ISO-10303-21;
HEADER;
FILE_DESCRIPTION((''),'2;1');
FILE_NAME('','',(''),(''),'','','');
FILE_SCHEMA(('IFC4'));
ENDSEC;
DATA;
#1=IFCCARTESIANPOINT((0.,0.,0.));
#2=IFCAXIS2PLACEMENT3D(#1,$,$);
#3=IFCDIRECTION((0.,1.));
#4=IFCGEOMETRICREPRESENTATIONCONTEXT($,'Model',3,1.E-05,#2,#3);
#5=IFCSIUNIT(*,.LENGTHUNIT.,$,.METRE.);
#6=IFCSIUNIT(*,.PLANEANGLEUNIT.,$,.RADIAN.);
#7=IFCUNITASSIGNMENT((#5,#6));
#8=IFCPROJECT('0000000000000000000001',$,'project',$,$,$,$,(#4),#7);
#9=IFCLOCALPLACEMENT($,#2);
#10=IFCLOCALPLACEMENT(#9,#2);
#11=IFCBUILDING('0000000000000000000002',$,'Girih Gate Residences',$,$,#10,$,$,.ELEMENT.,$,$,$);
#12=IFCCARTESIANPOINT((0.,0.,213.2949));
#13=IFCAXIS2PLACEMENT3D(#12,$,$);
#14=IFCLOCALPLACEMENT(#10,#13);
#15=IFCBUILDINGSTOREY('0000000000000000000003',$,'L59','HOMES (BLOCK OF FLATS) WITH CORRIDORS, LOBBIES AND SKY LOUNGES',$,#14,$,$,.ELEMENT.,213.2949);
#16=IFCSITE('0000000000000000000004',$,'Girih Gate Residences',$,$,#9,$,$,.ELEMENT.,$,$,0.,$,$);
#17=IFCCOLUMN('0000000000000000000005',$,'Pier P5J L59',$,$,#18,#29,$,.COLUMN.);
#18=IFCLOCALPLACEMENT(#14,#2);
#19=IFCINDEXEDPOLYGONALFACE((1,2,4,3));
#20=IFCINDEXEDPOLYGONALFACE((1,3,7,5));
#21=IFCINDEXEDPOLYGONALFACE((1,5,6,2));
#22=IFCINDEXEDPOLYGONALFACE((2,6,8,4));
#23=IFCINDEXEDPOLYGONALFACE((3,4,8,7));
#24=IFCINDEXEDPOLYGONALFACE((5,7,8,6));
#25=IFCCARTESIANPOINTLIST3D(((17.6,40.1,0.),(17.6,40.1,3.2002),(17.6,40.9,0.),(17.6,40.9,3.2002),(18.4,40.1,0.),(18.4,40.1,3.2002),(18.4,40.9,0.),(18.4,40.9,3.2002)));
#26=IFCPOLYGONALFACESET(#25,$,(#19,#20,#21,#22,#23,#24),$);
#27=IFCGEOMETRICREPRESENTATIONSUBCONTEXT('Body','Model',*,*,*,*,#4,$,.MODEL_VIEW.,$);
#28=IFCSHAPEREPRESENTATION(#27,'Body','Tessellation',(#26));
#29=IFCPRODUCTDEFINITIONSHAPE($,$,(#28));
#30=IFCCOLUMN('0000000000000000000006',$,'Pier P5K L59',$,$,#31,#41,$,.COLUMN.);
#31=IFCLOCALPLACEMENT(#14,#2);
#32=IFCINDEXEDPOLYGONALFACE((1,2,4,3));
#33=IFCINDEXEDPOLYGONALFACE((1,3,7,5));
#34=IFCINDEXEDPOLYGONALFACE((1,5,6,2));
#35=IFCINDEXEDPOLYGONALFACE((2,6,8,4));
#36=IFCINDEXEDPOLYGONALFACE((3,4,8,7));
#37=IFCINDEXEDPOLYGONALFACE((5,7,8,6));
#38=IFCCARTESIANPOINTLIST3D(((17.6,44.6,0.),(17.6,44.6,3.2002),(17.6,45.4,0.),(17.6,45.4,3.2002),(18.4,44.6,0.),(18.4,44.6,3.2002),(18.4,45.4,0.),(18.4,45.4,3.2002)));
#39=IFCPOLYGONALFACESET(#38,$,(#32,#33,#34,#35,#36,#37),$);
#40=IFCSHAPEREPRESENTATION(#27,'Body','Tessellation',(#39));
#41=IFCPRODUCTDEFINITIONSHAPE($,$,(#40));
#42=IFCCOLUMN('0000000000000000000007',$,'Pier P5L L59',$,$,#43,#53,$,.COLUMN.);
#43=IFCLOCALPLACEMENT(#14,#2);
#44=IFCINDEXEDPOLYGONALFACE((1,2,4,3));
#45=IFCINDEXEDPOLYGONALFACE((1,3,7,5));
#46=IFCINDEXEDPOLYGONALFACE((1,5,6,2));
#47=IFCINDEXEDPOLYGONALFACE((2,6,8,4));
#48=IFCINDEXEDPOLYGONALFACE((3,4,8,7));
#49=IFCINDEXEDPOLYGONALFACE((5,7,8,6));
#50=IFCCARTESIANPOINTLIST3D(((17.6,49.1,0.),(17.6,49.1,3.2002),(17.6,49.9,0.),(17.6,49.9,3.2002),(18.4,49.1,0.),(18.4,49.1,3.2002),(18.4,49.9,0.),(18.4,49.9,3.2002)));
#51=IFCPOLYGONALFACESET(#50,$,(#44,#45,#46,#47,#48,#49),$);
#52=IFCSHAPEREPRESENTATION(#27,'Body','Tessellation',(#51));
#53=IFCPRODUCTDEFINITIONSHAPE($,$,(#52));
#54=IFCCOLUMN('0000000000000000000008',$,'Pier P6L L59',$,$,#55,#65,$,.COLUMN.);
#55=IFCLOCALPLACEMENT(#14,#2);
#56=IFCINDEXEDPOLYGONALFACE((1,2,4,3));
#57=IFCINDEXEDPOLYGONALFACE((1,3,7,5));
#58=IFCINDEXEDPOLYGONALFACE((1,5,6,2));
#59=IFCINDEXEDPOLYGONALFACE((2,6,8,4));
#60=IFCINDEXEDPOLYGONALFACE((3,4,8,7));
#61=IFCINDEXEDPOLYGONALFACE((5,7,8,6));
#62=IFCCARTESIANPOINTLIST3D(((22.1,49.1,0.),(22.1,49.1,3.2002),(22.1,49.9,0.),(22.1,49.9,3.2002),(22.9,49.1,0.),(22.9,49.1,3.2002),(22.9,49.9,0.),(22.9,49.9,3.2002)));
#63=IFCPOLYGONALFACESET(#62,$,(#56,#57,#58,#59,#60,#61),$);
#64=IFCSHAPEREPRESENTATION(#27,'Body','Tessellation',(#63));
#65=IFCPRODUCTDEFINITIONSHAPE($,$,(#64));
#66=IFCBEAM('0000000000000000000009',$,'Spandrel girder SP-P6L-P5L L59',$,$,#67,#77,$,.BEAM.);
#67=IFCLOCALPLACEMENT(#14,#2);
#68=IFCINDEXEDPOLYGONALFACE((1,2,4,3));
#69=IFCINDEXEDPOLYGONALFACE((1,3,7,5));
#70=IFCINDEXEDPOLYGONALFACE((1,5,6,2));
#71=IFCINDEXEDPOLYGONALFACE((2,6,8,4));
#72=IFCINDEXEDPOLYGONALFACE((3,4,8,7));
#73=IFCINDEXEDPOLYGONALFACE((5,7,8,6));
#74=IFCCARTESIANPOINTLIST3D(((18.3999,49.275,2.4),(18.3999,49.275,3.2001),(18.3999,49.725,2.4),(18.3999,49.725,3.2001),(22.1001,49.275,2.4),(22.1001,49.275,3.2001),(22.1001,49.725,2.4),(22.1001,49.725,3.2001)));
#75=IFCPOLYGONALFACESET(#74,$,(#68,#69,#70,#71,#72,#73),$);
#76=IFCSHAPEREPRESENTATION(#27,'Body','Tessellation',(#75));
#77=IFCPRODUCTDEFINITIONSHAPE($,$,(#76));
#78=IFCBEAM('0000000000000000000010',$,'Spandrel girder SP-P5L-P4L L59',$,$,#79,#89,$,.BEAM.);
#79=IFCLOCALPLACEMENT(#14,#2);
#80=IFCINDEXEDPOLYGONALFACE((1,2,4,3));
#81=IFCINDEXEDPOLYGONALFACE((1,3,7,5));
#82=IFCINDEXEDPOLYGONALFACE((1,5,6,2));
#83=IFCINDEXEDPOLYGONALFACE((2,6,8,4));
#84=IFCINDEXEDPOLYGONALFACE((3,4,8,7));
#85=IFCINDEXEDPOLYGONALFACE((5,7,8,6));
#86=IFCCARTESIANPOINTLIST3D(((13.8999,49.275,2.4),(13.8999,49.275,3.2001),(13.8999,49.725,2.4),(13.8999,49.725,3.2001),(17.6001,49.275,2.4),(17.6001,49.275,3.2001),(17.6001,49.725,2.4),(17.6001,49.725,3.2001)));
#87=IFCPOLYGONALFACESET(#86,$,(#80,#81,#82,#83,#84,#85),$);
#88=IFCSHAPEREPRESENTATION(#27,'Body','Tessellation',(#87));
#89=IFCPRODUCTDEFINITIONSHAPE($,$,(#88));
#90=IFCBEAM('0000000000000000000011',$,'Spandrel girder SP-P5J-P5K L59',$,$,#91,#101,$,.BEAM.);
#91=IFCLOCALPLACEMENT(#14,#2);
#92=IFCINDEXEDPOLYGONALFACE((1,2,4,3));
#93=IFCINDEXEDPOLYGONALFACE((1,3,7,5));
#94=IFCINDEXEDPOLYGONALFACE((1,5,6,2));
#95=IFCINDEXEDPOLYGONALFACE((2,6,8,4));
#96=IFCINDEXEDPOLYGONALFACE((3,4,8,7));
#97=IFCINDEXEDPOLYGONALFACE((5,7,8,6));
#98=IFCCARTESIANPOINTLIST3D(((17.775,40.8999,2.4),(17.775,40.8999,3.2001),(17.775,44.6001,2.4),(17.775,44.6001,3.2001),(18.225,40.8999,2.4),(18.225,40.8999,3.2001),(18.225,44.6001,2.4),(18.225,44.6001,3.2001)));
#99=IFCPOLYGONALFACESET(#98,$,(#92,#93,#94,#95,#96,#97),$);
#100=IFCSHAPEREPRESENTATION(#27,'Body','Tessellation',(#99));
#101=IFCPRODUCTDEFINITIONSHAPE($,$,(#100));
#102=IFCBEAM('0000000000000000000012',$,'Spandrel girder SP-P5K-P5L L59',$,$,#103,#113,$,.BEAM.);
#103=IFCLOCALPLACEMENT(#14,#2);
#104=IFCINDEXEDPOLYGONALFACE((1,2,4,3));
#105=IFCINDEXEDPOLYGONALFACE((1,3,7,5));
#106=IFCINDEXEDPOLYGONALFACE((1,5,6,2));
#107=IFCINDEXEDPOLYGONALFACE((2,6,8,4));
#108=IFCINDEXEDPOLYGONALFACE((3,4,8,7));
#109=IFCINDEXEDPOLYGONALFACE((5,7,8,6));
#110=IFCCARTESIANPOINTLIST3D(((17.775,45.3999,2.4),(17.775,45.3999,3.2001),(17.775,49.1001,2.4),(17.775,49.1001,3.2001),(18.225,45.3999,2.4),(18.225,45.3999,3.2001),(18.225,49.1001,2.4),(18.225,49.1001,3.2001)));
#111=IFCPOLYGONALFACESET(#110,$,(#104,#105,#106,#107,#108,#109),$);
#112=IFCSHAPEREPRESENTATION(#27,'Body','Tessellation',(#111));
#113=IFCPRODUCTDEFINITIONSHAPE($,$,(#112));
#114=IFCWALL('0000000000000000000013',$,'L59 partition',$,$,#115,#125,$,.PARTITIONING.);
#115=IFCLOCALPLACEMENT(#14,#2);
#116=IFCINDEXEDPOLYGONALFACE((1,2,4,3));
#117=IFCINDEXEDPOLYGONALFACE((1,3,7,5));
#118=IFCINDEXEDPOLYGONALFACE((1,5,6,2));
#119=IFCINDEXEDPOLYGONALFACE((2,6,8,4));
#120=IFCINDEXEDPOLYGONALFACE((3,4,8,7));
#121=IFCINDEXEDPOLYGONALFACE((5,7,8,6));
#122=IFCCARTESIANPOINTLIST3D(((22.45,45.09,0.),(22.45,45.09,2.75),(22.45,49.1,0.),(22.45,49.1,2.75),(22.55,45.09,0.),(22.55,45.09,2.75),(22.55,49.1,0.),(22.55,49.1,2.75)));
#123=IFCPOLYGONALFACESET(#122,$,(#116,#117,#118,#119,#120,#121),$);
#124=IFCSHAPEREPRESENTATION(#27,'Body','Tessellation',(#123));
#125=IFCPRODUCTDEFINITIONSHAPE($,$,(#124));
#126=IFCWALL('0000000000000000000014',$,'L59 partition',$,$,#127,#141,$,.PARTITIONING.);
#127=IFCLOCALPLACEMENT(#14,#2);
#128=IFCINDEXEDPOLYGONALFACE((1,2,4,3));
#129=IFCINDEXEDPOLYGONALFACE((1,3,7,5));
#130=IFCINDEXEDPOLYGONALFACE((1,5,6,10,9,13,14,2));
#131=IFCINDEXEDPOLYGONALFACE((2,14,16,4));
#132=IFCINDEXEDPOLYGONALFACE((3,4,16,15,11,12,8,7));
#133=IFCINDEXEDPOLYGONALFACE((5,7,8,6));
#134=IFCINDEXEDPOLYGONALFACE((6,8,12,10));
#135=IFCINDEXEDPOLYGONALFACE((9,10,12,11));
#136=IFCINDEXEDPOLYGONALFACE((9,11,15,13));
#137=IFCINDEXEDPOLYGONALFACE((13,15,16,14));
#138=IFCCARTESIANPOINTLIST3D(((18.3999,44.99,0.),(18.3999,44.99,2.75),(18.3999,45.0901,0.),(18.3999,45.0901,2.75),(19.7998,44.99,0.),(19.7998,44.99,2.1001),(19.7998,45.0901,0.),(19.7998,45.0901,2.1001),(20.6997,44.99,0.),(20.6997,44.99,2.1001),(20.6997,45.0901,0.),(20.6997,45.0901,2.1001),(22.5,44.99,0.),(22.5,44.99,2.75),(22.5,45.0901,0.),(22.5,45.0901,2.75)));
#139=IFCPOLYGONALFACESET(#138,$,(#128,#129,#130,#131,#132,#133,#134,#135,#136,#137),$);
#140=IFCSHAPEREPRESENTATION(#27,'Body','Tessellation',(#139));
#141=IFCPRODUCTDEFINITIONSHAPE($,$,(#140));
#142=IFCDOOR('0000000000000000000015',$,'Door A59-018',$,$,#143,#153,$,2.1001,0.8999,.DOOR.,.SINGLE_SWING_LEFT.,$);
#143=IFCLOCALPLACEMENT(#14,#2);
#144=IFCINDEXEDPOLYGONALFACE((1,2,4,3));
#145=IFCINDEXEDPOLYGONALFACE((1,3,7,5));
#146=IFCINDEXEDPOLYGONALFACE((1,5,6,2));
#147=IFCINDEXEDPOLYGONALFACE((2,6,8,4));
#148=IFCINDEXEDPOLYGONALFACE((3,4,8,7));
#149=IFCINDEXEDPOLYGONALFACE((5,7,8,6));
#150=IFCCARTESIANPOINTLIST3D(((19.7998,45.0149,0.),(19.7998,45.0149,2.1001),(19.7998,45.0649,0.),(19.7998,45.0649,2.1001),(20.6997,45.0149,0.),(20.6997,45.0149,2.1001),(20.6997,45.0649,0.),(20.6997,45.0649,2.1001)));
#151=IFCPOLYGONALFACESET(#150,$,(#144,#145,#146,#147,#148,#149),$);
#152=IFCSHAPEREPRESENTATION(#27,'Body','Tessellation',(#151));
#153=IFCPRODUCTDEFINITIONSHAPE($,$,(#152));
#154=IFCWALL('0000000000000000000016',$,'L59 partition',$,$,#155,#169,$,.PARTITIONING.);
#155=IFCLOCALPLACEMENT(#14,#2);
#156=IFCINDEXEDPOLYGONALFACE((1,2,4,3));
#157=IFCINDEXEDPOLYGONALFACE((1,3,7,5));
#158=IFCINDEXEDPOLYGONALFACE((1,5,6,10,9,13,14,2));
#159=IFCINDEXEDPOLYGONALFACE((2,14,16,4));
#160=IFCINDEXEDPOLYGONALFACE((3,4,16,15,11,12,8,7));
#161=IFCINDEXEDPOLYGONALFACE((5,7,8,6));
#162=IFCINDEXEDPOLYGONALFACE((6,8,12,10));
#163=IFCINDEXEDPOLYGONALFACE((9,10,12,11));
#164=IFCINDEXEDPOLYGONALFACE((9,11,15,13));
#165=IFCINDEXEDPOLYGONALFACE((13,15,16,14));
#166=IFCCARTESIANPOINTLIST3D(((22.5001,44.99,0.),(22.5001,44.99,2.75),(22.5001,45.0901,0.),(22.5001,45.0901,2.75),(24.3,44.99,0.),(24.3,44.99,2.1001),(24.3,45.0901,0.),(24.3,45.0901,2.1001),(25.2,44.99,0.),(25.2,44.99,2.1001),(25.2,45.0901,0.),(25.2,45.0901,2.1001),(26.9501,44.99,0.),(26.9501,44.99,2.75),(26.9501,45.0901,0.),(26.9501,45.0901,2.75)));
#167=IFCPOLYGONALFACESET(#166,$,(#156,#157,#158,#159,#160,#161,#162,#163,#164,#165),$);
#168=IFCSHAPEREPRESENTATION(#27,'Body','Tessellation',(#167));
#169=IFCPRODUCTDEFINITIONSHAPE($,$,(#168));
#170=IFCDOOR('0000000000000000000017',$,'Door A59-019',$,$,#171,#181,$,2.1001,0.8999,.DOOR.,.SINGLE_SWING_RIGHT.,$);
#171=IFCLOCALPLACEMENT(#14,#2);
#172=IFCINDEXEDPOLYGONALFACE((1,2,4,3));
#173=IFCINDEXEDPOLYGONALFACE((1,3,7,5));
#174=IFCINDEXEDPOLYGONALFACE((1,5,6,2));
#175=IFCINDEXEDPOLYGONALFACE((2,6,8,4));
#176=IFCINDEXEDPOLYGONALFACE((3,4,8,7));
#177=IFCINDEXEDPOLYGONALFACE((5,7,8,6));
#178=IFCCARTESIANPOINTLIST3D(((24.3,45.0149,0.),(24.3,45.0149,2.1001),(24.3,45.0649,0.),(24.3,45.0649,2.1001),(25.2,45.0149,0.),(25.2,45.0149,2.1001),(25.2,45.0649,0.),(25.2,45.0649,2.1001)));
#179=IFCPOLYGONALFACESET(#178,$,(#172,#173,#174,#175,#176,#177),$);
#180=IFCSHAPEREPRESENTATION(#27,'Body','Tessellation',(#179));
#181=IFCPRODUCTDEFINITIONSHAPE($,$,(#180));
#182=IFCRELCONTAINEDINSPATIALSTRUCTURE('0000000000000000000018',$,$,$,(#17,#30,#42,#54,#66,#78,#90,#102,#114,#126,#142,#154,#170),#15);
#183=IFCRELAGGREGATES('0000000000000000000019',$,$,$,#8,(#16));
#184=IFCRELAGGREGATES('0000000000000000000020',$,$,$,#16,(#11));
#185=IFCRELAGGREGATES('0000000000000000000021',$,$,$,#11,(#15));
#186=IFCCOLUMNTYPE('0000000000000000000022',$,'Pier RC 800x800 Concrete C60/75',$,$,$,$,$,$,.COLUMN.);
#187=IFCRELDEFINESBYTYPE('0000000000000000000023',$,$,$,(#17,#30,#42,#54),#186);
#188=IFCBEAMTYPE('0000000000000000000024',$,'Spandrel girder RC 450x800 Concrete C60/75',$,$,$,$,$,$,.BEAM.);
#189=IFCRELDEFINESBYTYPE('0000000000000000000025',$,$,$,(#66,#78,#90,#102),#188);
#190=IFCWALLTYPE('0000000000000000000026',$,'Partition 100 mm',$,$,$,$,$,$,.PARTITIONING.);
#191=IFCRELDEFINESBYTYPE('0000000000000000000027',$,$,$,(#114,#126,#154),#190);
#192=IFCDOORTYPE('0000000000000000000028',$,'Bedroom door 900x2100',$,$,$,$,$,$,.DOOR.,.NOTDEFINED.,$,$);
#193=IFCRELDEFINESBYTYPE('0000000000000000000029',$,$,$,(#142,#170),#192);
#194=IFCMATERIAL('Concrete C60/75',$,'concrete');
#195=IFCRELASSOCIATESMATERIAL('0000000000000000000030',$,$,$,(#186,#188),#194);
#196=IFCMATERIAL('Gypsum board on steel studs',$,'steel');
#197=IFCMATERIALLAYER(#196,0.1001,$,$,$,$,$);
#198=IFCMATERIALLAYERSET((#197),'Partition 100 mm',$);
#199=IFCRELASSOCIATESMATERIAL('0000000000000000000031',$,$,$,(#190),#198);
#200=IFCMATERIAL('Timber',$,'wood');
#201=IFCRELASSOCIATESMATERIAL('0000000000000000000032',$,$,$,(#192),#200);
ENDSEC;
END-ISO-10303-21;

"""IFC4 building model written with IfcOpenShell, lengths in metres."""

from ifc_helpers import new_model, si_unit, direction, frame, frame_2d, origin, origin_2d, place, context, subcontext, project, spatial, rectangle, extrude, material, layer, layer_set, material_profile, profile_set, type_object, element, fill, save


model = new_model("IFC4")

# Units and contexts
model_context = context("Model", 3, precision=1e-05, world=origin(), true_north=direction((0.0, 1.0)))
body_context = subcontext(model_context, "Body", "Model", "MODEL_VIEW")
ifc_project = project(units=[si_unit("LENGTHUNIT", "METRE"), si_unit("PLANEANGLEUNIT", "RADIAN")], contexts=[model_context])

# Site, building, storey
site_placement = place(None, origin())
site = spatial("IfcSite", under=ifc_project, at=site_placement, Name="Girih Gate Residences", CompositionType="ELEMENT", RefElevation=0.0)
building_placement = place(site_placement, origin())
building = spatial("IfcBuilding", under=site, at=building_placement, Name="Girih Gate Residences", CompositionType="ELEMENT")
storey_placement = place(building_placement, frame((0.0, 0.0, 213.2949)))
storey = spatial("IfcBuildingStorey", under=building, at=storey_placement, Name="L59", Description="HOMES (BLOCK OF FLATS) WITH CORRIDORS, LOBBIES AND SKY LOUNGES", CompositionType="ELEMENT", Elevation=213.2949)

# Columns
ifc_material_1 = material(Name="Concrete C60/75", Category="concrete")
ifc_material_profile_1 = material_profile(ifc_material_1, rectangle(XDim=0.8, YDim=0.8, at=origin_2d()))
ifc_profile_set_1 = profile_set([ifc_material_profile_1], Name="Concrete C60/75")
column_type = type_object("IfcColumnType", Name="Pier RC 800x800 Concrete C60/75", PredefinedType="COLUMN", material=ifc_profile_set_1)
for number, where, z_axis, x_axis, name in (
    (1, (18.0, 40.5, 0.0), (0.0, 0.0, 1.0), (1.0, 0.0, 0.0), "Pier P5J L59"),
    (2, (18.0, 45.0, 0.0), (0.0, 0.0, 1.0), (1.0, 0.0, 0.0), "Pier P5K L59"),
    (3, (18.0, 49.5, 0.0), (0.0, 0.0, 1.0), (1.0, 0.0, 0.0), "Pier P5L L59"),
    (4, (22.5, 49.5, 0.0), (0.0, 0.0, 1.0), (1.0, 0.0, 0.0), "Pier P6L L59"),
):
    element("IfcColumn", number, at=place(storey_placement, frame(where, z_axis=z_axis, x_axis=x_axis)), inside=storey, type_object=column_type, Name=name, PredefinedType="COLUMN", context=body_context, shape_type="SweptSolid", body=[
        extrude(rectangle(XDim=0.8, YDim=0.8, at=origin_2d()), origin(), (0.0, 0.0, 1.0), 3.2002),
    ])

# Beams
ifc_material_profile_2 = material_profile(ifc_material_1, rectangle(XDim=0.45, YDim=0.8, at=origin_2d()))
ifc_profile_set_2 = profile_set([ifc_material_profile_2], Name="Concrete C60/75")
beam_type = type_object("IfcBeamType", Name="Spandrel girder RC 450x800 Concrete C60/75", PredefinedType="BEAM", material=ifc_profile_set_2)
for number, where, z_axis, x_axis, name in (
    (5, (22.1001, 49.5, 2.8), (-1.0, 0.0, 0.0), (0.0, -1.0, 0.0), "Spandrel girder SP-P6L-P5L L59"),
    (6, (17.6001, 49.5, 2.8), (-1.0, 0.0, 0.0), (0.0, -1.0, 0.0), "Spandrel girder SP-P5L-P4L L59"),
    (7, (18.0, 40.8999, 2.8), (0.0, 1.0, 0.0), (-1.0, 0.0, 0.0), "Spandrel girder SP-P5J-P5K L59"),
    (8, (18.0, 45.3999, 2.8), (0.0, 1.0, 0.0), (-1.0, 0.0, 0.0), "Spandrel girder SP-P5K-P5L L59"),
):
    element("IfcBeam", number, at=place(storey_placement, frame(where, z_axis=z_axis, x_axis=x_axis)), inside=storey, type_object=beam_type, Name=name, PredefinedType="BEAM", context=body_context, shape_type="SweptSolid", body=[
        extrude(rectangle(XDim=0.45, YDim=0.8, at=origin_2d()), origin(), (0.0, 0.0, 1.0), 3.7002),
    ])

# Wall
ifc_material_2 = material(Name="Gypsum board on steel studs", Category="steel")
ifc_layer_1 = layer(ifc_material_2, 0.1001)
ifc_layer_set_1 = layer_set([ifc_layer_1], Name="Partition 100 mm")
wall_type_1 = type_object("IfcWallType", Name="Partition 100 mm", PredefinedType="PARTITIONING", material=ifc_layer_set_1)
wall_1_placement = place(storey_placement, frame((22.5, 45.0901, 0.0), z_axis=(0.0, 0.0, 1.0), x_axis=(0.0, 1.0, 0.0)))
element("IfcWall", 9, at=wall_1_placement, inside=storey, type_object=wall_type_1, Name="L59 partition", PredefinedType="PARTITIONING", context=body_context, shape_type="SweptSolid", body=[
    extrude(rectangle(XDim=4.01, YDim=0.1001, at=frame_2d((2.0049, 0.0))), origin(), (0.0, 0.0, 1.0), 2.75),
])

# Walls, openings, doors
wall_2_placement = place(storey_placement, frame((18.3999, 45.04, 0.0), z_axis=(0.0, 0.0, 1.0), x_axis=(1.0, 0.0, 0.0)))
wall_2 = element("IfcWall", 10, at=wall_2_placement, inside=storey, type_object=wall_type_1, Name="L59 partition", PredefinedType="PARTITIONING", context=body_context, shape_type="SweptSolid", body=[
    extrude(rectangle(XDim=4.1001, YDim=0.1001, at=frame_2d((2.05, 0.0))), origin(), (0.0, 0.0, 1.0), 2.75),
])
opening_1_placement = place(wall_2_placement, frame((1.3999, 0.0, 0.0)))
opening_1 = element("IfcOpeningElement", 11, at=opening_1_placement, cuts=wall_2, PredefinedType="OPENING", context=body_context, shape_type="SweptSolid", body=[
    extrude(rectangle(XDim=0.8999, YDim=2.1001, at=frame_2d((0.45, 1.05))), frame((0.0, 0.0601, 0.0), z_axis=(0.0, -1.0, 0.0), x_axis=(1.0, 0.0, 0.0)), (0.0, 0.0, 1.0), 0.1201),
])
ifc_material_3 = material(Name="Timber", Category="wood")
door_type_1 = type_object("IfcDoorType", Name="Bedroom door 900x2100", OperationType="NOTDEFINED", PredefinedType="DOOR", material=ifc_material_3)
door_1_placement = place(opening_1_placement, origin())
door_1 = element("IfcDoor", 12, at=door_1_placement, inside=storey, type_object=door_type_1, Name="Door A59-018", OperationType="SINGLE_SWING_LEFT", OverallHeight=2.1001, OverallWidth=0.8999, PredefinedType="DOOR", context=body_context, shape_type="SweptSolid", body=[
    extrude(rectangle(XDim=0.8999, YDim=2.1001, at=frame_2d((0.45, 1.05))), frame((0.0, 0.0249, 0.0), z_axis=(0.0, -1.0, 0.0), x_axis=(1.0, 0.0, 0.0)), (0.0, 0.0, 1.0), 0.05),
])
fill(opening_1, door_1)
wall_3_placement = place(storey_placement, frame((22.5, 45.04, 0.0), z_axis=(0.0, 0.0, 1.0), x_axis=(1.0, 0.0, 0.0)))
wall_3 = element("IfcWall", 13, at=wall_3_placement, inside=storey, type_object=wall_type_1, Name="L59 partition", PredefinedType="PARTITIONING", context=body_context, shape_type="SweptSolid", body=[
    extrude(rectangle(XDim=4.45, YDim=0.1001, at=frame_2d((2.2251, 0.0))), origin(), (0.0, 0.0, 1.0), 2.75),
])
opening_2_placement = place(wall_3_placement, frame((1.8, 0.0, 0.0)))
opening_2 = element("IfcOpeningElement", 14, at=opening_2_placement, cuts=wall_3, PredefinedType="OPENING", context=body_context, shape_type="SweptSolid", body=[
    extrude(rectangle(XDim=0.8999, YDim=2.1001, at=frame_2d((0.45, 1.05))), frame((0.0, 0.0601, 0.0), z_axis=(0.0, -1.0, 0.0), x_axis=(1.0, 0.0, 0.0)), (0.0, 0.0, 1.0), 0.1201),
])
door_2_placement = place(opening_2_placement, origin())
door_2 = element("IfcDoor", 15, at=door_2_placement, inside=storey, type_object=door_type_1, Name="Door A59-019", OperationType="SINGLE_SWING_RIGHT", OverallHeight=2.1001, OverallWidth=0.8999, PredefinedType="DOOR", context=body_context, shape_type="SweptSolid", body=[
    extrude(rectangle(XDim=0.8999, YDim=2.1001, at=frame_2d((0.45, 1.05))), frame((0.0, 0.0249, 0.0), z_axis=(0.0, -1.0, 0.0), x_axis=(1.0, 0.0, 0.0)), (0.0, 0.0, 1.0), 0.05),
])
fill(opening_2, door_2)

save(model, "model.ifc")
